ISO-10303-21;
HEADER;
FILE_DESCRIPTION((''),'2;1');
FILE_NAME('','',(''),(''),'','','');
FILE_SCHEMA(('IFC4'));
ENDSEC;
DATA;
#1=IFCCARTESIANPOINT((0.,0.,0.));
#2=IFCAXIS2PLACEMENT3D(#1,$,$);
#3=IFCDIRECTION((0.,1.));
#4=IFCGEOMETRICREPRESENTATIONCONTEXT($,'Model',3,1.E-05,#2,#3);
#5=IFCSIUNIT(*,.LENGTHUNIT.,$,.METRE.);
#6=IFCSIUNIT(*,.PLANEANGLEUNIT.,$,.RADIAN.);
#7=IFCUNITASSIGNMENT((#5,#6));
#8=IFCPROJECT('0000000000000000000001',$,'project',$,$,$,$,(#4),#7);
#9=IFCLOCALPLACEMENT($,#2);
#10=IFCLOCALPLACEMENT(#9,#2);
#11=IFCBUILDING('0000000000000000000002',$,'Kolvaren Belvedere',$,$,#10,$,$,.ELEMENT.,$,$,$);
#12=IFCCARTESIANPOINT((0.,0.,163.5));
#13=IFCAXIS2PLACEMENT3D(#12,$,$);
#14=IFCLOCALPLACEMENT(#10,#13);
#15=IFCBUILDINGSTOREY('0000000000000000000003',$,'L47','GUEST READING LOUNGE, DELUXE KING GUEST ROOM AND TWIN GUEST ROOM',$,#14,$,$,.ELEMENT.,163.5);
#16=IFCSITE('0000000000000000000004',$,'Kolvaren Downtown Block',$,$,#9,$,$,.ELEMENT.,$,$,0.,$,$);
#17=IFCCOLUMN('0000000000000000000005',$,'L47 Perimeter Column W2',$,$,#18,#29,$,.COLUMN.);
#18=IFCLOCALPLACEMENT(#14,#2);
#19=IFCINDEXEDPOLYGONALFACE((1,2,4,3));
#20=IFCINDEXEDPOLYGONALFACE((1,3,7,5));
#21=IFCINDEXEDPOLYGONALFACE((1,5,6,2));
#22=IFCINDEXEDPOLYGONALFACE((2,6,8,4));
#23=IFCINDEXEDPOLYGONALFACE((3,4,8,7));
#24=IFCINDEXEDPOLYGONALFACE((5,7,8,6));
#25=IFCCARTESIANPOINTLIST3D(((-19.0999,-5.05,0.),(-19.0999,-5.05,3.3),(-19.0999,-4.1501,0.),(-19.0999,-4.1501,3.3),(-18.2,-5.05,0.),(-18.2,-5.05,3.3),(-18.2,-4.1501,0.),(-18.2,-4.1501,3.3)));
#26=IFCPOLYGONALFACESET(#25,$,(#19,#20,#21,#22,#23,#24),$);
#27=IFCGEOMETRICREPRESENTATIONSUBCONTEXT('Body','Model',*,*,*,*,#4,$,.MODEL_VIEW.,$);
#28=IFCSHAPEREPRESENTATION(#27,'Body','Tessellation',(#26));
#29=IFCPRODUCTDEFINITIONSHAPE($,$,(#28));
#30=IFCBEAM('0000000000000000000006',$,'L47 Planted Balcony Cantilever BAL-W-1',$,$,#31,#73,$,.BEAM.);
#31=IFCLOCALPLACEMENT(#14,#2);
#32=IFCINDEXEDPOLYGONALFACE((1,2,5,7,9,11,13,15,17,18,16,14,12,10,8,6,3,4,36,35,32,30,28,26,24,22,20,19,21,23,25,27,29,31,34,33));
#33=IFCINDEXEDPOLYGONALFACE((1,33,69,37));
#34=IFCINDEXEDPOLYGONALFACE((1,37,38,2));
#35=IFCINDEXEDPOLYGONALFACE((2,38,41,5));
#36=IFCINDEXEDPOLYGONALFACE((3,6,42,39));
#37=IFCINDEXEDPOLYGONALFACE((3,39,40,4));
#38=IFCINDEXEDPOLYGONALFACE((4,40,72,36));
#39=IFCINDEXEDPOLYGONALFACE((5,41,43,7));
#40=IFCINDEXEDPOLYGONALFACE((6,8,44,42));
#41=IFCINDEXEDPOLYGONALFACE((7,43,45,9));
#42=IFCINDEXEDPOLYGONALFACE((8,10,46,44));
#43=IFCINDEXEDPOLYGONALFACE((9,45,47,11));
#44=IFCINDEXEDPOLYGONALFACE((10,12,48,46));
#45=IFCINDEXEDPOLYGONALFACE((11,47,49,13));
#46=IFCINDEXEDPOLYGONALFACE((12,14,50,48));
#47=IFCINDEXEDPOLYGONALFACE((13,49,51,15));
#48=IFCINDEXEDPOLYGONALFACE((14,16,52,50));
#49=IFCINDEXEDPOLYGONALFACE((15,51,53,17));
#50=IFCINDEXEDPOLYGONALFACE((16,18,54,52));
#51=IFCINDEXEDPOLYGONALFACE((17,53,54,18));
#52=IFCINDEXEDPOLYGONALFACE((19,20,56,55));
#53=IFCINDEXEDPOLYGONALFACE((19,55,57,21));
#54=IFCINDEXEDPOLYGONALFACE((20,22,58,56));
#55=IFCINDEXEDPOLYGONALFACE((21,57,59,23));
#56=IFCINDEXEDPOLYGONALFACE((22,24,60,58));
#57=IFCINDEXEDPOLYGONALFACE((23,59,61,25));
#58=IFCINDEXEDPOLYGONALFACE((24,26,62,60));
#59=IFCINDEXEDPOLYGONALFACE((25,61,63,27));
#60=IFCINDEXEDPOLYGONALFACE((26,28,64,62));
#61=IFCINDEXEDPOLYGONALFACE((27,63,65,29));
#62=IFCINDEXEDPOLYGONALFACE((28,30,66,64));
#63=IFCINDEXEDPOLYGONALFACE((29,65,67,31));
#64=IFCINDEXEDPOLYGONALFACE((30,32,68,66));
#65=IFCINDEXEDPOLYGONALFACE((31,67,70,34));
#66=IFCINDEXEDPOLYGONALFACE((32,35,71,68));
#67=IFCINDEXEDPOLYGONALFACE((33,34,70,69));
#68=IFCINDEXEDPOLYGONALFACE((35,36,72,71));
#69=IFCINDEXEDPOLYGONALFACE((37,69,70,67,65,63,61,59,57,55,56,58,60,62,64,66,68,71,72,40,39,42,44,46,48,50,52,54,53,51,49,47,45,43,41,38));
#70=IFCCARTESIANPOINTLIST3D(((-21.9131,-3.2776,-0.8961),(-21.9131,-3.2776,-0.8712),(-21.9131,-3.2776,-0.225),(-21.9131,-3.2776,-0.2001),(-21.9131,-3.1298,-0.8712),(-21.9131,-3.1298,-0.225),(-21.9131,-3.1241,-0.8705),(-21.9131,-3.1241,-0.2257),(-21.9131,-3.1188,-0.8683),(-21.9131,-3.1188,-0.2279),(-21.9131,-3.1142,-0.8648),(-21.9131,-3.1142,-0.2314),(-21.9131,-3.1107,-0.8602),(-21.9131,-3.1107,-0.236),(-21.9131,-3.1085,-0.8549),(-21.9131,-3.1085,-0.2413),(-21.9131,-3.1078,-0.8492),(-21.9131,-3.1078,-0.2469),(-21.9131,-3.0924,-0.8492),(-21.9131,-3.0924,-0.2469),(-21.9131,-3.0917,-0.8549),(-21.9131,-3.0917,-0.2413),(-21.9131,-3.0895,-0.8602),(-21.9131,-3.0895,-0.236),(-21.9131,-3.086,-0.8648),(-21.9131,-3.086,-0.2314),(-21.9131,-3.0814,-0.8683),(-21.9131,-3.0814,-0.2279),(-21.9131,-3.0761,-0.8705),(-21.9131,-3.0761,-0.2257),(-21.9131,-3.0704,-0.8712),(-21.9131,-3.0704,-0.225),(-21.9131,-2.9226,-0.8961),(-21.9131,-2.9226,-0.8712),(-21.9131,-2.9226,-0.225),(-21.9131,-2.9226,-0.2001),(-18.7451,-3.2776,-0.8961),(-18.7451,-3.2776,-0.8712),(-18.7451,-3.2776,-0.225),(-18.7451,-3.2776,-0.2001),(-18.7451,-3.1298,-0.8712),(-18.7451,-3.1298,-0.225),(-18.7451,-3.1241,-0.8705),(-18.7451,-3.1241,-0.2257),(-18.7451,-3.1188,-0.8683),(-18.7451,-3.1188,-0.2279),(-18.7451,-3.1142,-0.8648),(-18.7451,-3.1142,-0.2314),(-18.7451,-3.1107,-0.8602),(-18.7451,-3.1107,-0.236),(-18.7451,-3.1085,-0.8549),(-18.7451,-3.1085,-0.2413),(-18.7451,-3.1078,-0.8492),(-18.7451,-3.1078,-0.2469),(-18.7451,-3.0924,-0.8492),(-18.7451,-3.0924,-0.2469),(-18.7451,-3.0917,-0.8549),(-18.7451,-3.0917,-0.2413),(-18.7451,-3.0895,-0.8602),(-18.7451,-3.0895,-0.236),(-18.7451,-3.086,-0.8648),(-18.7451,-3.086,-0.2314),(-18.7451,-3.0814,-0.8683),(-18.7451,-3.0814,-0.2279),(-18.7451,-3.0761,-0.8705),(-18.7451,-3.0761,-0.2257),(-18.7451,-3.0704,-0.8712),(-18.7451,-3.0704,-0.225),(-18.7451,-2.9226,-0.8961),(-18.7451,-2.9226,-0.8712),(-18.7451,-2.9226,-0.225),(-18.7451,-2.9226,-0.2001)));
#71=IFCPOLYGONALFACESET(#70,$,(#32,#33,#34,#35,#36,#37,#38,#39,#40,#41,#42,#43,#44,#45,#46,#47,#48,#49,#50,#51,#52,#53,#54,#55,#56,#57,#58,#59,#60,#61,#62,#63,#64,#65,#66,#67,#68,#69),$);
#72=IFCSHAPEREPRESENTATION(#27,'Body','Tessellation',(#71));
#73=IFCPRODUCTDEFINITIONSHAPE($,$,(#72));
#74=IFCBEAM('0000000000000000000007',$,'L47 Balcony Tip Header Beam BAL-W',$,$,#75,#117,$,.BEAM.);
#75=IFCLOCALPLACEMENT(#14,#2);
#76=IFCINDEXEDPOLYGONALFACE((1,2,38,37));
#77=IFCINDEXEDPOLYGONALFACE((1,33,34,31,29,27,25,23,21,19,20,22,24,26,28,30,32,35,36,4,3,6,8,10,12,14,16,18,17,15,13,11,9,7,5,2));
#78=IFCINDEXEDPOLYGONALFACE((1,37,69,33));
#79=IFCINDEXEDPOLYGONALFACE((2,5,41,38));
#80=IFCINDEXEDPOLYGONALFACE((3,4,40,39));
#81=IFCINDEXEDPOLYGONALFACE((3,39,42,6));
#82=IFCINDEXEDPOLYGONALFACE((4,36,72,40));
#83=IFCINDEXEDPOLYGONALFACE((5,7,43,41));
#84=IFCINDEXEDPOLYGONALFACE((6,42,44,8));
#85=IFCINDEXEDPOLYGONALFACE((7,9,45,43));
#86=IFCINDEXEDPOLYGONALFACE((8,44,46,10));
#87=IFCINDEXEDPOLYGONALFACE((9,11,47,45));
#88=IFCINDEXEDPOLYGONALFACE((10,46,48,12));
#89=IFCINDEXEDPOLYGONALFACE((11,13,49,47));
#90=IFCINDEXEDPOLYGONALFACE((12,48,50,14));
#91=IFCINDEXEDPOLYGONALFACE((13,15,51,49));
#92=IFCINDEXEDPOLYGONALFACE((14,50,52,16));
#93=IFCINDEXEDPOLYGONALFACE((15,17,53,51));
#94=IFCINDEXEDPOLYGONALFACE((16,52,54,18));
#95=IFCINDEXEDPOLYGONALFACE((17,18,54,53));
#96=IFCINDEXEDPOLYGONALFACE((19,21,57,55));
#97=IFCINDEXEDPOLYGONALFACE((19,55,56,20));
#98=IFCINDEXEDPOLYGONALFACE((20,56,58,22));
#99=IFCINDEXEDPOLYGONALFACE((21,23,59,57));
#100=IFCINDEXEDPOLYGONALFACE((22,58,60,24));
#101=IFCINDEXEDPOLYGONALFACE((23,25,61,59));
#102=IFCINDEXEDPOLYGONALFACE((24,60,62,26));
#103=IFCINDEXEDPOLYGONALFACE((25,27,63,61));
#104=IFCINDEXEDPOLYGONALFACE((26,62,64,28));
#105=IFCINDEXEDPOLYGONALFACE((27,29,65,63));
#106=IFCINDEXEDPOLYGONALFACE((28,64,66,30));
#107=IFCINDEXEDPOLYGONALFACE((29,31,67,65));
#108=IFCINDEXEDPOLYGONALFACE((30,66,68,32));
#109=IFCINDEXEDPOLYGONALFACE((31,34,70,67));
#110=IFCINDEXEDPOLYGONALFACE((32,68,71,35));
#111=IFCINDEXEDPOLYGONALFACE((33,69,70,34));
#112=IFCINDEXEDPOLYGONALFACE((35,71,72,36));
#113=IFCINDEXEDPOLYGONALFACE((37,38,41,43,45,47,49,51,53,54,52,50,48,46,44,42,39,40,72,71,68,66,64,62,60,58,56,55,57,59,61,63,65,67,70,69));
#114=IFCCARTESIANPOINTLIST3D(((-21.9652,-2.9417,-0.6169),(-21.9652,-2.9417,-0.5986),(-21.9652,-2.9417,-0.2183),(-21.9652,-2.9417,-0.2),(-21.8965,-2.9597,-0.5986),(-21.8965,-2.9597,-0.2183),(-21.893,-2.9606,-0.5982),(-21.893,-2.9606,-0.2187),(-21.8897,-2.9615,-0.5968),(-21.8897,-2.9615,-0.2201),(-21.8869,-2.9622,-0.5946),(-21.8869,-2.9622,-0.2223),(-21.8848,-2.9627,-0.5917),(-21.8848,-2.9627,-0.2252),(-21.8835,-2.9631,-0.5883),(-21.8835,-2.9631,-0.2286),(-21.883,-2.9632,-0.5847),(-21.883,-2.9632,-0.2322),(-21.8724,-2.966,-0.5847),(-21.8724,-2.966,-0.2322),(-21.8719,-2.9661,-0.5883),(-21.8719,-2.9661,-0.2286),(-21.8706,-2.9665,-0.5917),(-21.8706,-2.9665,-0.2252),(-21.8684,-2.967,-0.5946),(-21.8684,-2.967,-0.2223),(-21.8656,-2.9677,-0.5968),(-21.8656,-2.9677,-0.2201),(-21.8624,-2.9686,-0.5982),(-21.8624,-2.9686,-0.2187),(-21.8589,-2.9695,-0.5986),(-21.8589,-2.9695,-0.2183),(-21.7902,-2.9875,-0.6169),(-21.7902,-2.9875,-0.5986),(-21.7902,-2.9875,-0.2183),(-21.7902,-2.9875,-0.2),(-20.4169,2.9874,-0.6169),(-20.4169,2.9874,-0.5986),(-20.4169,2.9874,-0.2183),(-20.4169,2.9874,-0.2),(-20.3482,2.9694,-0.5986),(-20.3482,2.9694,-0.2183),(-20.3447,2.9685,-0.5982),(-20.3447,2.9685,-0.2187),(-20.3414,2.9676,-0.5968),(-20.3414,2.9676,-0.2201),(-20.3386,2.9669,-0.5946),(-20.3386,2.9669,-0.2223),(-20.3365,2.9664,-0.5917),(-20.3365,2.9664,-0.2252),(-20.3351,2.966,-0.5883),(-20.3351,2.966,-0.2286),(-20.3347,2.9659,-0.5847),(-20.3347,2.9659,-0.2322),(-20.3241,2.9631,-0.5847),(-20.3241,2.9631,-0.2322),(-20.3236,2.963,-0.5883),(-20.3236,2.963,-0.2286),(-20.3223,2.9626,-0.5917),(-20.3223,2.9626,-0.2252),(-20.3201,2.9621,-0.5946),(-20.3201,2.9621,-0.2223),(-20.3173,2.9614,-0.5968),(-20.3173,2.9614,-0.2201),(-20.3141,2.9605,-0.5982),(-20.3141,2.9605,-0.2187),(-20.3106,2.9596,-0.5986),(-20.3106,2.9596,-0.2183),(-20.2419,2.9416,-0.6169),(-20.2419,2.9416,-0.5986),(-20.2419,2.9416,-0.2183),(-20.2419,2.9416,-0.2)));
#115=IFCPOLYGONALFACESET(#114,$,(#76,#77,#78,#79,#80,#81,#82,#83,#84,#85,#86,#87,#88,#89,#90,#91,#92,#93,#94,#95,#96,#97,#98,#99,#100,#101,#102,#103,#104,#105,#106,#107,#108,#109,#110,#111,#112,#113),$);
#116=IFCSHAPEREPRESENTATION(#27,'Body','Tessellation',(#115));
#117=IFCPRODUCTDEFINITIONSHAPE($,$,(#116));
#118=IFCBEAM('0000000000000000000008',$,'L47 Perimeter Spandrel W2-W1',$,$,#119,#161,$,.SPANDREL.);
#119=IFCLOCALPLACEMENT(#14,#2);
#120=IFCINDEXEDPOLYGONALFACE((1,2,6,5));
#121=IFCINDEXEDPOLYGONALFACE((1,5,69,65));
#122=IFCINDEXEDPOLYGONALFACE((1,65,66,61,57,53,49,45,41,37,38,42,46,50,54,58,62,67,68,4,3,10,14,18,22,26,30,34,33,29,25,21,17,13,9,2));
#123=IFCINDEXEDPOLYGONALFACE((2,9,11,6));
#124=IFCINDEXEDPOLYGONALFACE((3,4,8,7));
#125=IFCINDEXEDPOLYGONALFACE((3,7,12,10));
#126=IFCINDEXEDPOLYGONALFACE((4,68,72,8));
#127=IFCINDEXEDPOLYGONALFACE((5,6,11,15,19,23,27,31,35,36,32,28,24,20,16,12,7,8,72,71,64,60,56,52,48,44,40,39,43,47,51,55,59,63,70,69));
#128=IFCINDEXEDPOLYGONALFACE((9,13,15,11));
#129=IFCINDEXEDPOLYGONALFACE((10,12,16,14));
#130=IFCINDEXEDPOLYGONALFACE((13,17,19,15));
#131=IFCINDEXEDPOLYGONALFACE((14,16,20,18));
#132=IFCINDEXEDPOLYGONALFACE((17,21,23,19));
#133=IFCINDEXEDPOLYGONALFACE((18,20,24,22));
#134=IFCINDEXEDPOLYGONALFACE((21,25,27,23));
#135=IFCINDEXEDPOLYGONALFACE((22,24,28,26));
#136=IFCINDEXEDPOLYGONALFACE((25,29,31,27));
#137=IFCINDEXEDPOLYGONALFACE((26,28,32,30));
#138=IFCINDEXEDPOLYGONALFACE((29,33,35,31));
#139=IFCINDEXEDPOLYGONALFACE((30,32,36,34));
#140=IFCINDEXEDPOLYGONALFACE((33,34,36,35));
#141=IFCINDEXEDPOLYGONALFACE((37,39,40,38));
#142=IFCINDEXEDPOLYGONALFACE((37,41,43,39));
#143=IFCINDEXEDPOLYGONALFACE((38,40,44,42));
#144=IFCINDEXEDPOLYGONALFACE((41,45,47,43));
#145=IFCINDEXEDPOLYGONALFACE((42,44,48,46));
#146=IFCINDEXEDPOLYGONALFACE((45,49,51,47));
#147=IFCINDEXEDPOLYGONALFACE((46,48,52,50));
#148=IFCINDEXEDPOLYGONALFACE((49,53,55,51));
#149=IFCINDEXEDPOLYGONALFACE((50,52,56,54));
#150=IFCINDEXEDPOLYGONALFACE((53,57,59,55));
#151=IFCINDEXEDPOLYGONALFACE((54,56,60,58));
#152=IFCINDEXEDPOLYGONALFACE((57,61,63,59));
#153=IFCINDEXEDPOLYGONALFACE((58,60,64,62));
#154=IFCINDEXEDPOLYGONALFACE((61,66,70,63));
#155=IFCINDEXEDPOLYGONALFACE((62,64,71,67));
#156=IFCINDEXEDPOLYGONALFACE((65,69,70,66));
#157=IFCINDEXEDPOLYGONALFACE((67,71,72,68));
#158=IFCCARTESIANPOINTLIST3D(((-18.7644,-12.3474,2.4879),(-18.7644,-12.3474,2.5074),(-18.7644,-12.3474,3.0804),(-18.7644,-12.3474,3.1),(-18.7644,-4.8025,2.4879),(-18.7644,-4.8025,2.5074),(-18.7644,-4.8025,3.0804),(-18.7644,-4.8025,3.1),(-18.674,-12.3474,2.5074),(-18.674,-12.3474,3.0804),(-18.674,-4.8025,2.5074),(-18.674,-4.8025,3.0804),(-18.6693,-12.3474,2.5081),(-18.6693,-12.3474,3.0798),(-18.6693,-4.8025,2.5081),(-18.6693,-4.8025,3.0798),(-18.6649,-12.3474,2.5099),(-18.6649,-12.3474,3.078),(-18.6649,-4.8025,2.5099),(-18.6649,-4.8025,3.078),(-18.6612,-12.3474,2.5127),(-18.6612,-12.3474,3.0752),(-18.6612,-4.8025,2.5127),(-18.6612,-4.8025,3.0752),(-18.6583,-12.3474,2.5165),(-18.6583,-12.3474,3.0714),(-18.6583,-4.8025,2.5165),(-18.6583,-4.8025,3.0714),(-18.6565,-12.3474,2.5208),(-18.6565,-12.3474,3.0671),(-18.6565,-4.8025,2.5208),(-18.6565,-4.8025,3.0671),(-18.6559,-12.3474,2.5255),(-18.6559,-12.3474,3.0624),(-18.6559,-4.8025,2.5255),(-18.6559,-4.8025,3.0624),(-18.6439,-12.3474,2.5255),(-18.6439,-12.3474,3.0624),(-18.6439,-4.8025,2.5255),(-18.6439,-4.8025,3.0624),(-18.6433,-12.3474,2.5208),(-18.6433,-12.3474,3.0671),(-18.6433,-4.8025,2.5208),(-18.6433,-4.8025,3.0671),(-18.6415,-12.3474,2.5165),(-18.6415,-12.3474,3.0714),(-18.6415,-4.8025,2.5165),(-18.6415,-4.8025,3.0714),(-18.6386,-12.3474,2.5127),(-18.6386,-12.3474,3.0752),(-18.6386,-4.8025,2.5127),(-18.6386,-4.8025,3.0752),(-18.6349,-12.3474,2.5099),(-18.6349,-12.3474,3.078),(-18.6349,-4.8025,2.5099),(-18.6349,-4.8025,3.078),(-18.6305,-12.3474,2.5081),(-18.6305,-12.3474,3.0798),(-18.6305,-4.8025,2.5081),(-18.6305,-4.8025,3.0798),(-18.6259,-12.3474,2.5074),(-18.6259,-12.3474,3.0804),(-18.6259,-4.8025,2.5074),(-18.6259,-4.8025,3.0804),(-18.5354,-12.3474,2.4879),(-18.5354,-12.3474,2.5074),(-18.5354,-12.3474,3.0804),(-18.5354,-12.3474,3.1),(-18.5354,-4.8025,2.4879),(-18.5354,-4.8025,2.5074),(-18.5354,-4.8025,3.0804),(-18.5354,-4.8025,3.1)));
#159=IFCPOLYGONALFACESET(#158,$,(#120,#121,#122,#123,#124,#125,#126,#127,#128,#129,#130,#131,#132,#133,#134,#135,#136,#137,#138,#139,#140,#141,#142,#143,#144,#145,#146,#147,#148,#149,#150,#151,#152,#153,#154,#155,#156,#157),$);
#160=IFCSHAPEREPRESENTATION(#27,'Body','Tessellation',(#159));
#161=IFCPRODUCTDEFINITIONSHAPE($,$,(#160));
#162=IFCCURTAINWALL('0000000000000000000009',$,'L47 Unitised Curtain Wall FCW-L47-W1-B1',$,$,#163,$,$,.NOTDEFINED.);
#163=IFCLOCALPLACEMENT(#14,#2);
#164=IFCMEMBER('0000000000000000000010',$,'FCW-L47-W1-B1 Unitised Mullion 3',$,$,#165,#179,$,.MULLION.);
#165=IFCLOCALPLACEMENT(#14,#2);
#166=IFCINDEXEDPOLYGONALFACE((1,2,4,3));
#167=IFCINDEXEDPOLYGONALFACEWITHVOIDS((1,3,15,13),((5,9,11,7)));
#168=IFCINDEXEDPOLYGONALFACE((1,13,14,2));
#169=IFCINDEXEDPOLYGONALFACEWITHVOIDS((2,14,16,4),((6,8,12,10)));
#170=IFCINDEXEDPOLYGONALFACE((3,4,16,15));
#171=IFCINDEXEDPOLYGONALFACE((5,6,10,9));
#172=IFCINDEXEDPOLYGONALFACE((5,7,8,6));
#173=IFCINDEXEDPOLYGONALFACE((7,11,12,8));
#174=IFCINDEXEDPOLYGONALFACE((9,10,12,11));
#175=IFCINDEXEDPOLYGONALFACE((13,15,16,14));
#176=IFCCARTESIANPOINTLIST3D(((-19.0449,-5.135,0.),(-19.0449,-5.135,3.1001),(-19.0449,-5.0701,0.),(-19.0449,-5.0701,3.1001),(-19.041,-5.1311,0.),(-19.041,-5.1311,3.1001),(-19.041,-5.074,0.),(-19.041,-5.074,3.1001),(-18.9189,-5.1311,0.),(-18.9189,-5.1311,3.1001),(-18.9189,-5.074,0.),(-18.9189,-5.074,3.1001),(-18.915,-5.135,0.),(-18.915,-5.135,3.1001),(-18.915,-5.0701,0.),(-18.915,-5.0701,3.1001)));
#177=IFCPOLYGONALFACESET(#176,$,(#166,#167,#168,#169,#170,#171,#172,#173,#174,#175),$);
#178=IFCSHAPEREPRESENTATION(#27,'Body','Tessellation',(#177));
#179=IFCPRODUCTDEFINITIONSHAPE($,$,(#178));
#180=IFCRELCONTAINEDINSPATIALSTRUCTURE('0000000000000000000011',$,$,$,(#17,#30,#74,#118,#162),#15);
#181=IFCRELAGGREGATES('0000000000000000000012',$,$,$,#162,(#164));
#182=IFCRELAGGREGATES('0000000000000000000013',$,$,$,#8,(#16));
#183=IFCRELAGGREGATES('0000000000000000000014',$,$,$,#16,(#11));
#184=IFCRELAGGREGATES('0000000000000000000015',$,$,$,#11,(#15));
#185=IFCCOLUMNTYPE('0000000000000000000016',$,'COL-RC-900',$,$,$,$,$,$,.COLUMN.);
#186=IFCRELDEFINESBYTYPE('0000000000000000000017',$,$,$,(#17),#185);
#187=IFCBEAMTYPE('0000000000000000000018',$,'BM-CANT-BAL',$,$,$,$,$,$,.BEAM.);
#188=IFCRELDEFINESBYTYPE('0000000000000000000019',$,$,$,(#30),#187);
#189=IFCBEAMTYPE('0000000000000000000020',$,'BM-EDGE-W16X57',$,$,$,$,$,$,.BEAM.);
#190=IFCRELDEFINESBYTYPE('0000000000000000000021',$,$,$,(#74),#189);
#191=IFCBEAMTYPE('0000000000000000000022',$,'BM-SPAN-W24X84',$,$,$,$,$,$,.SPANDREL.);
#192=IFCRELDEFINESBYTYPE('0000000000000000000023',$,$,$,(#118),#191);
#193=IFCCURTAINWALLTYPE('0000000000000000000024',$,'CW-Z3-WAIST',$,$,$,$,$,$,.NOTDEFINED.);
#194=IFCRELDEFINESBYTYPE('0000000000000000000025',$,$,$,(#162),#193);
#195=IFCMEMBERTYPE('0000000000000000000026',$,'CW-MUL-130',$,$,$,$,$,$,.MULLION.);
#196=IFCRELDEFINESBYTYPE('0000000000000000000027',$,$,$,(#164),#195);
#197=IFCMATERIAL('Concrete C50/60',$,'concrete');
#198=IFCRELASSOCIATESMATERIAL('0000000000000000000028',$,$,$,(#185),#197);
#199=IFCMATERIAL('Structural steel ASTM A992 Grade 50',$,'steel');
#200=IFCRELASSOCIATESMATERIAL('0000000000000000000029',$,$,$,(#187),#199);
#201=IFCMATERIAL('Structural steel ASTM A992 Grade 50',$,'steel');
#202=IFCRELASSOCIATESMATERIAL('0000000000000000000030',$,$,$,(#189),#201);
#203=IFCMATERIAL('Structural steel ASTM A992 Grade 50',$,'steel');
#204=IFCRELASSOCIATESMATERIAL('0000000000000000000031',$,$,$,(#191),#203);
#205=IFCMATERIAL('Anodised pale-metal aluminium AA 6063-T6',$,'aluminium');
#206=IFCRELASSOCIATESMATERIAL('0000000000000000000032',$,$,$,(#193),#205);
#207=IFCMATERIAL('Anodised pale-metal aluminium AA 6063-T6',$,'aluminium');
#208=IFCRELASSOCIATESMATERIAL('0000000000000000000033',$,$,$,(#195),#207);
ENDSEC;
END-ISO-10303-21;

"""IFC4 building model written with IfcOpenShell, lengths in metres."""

from ifc_helpers import new_model, si_unit, direction, frame, origin, origin_2d, place, context, subcontext, project, spatial, rectangle, hollow_rectangle, i_section, extrude, material, material_profile, profile_set, type_object, element, aggregate, save


model = new_model("IFC4")

# Units and contexts
model_context = context("Model", 3, precision=1e-05, world=origin(), true_north=direction((0.0, 1.0)))
body_context = subcontext(model_context, "Body", "Model", "MODEL_VIEW")
ifc_project = project(units=[si_unit("LENGTHUNIT", "METRE"), si_unit("PLANEANGLEUNIT", "RADIAN")], contexts=[model_context])

# Site, building, storey
site_placement = place(None, origin())
site = spatial("IfcSite", under=ifc_project, at=site_placement, Name="Kolvaren Downtown Block", CompositionType="ELEMENT", RefElevation=0.0)
building_placement = place(site_placement, origin())
building = spatial("IfcBuilding", under=site, at=building_placement, Name="Kolvaren Belvedere", CompositionType="ELEMENT")
storey_placement = place(building_placement, frame((0.0, 0.0, 163.5)))
storey = spatial("IfcBuildingStorey", under=building, at=storey_placement, Name="L47", Description="GUEST READING LOUNGE, DELUXE KING GUEST ROOM AND TWIN GUEST ROOM", CompositionType="ELEMENT", Elevation=163.5)

# Column
ifc_material_1 = material(Name="Concrete C50/60", Category="concrete")
ifc_material_profile_1 = material_profile(ifc_material_1, rectangle(XDim=0.8999, YDim=0.8999, at=origin_2d()), Name="RC 900X900")
ifc_profile_set_1 = profile_set([ifc_material_profile_1], Name="Concrete C50/60")
column_type = type_object("IfcColumnType", Name="COL-RC-900", PredefinedType="COLUMN", material=ifc_profile_set_1)
column_placement = place(storey_placement, frame((-18.6499, -4.6001, 0.0), z_axis=(0.0, 0.0, 1.0), x_axis=(1.0, 0.0, 0.0)))
element("IfcColumn", 1, at=column_placement, inside=storey, type_object=column_type, Name="L47 Perimeter Column W2", PredefinedType="COLUMN", context=body_context, shape_type="SweptSolid", body=[
    extrude(rectangle(XDim=0.8999, YDim=0.8999, at=origin_2d()), origin(), (0.0, 0.0, 1.0), 3.3),
])

# Beams
ifc_material_2 = material(Name="Structural steel ASTM A992 Grade 50", Category="steel")
ifc_material_profile_2 = material_profile(ifc_material_2, i_section(OverallWidth=0.355, OverallDepth=0.696, WebThickness=0.0154, FlangeThickness=0.0249, FilletRadius=0.022, at=origin_2d()), Name="W27X146")
ifc_profile_set_2 = profile_set([ifc_material_profile_2], Name="Structural steel ASTM A992 Grade 50")
beam_type_1 = type_object("IfcBeamType", Name="BM-CANT-BAL", PredefinedType="BEAM", material=ifc_profile_set_2)
beam_1_placement = place(storey_placement, frame((-18.7451, -3.1001, -0.5481), z_axis=(-1.0, 0.0, 0.0), x_axis=(0.0, -1.0, 0.0)))
element("IfcBeam", 2, at=beam_1_placement, inside=storey, type_object=beam_type_1, Name="L47 Planted Balcony Cantilever BAL-W-1", PredefinedType="BEAM", context=body_context, shape_type="SweptSolid", body=[
    extrude(i_section(OverallWidth=0.355, OverallDepth=0.696, WebThickness=0.0154, FlangeThickness=0.0249, FilletRadius=0.022, at=origin_2d()), origin(), (0.0, 0.0, 1.0), 3.168),
])
ifc_material_3 = material(Name="Structural steel ASTM A992 Grade 50", Category="steel")
ifc_material_profile_3 = material_profile(ifc_material_3, i_section(OverallWidth=0.1809, OverallDepth=0.417, WebThickness=0.011, FlangeThickness=0.0183, FilletRadius=0.0139, at=origin_2d()), Name="W16X57")
ifc_profile_set_3 = profile_set([ifc_material_profile_3], Name="Structural steel ASTM A992 Grade 50")
beam_type_2 = type_object("IfcBeamType", Name="BM-EDGE-W16X57", PredefinedType="BEAM", material=ifc_profile_set_3)
beam_2_placement = place(storey_placement, frame((-21.8777, -2.9646, -0.4084), z_axis=(0.252665, 0.967554, 0.0), x_axis=(-0.967554, 0.252665, 0.0)))
element("IfcBeam", 3, at=beam_2_placement, inside=storey, type_object=beam_type_2, Name="L47 Balcony Tip Header Beam BAL-W", PredefinedType="BEAM", context=body_context, shape_type="SweptSolid", body=[
    extrude(i_section(OverallWidth=0.1809, OverallDepth=0.417, WebThickness=0.011, FlangeThickness=0.0183, FilletRadius=0.0139, at=origin_2d()), origin(), (0.0, 0.0, 1.0), 6.1279),
])
ifc_material_4 = material(Name="Structural steel ASTM A992 Grade 50", Category="steel")
ifc_material_profile_4 = material_profile(ifc_material_4, i_section(OverallWidth=0.229, OverallDepth=0.6121, WebThickness=0.012, FlangeThickness=0.0195, FilletRadius=0.0181, at=origin_2d()), Name="W24X84")
ifc_profile_set_4 = profile_set([ifc_material_profile_4], Name="Structural steel ASTM A992 Grade 50")
beam_type_3 = type_object("IfcBeamType", Name="BM-SPAN-W24X84", PredefinedType="SPANDREL", material=ifc_profile_set_4)
beam_3_placement = place(storey_placement, frame((-18.6499, -4.8025, 2.7939), z_axis=(0.0, -1.0, 0.0), x_axis=(1.0, 0.0, 0.0)))
element("IfcBeam", 4, at=beam_3_placement, inside=storey, type_object=beam_type_3, Name="L47 Perimeter Spandrel W2-W1", PredefinedType="SPANDREL", context=body_context, shape_type="SweptSolid", body=[
    extrude(i_section(OverallWidth=0.229, OverallDepth=0.6121, WebThickness=0.012, FlangeThickness=0.0195, FilletRadius=0.0181, at=origin_2d()), origin(), (0.0, 0.0, 1.0), 7.5449),
])

# Curtain wall, member
ifc_material_5 = material(Name="Anodised pale-metal aluminium AA 6063-T6", Category="aluminium")
curtain_wall_type = type_object("IfcCurtainWallType", Name="CW-Z3-WAIST", PredefinedType="NOTDEFINED", material=ifc_material_5)
curtain_wall_1_placement = place(storey_placement, origin())
curtain_wall_1 = element("IfcCurtainWall", 5, at=curtain_wall_1_placement, inside=storey, type_object=curtain_wall_type, Name="L47 Unitised Curtain Wall FCW-L47-W1-B1", PredefinedType="NOTDEFINED")
ifc_material_6 = material(Name="Anodised pale-metal aluminium AA 6063-T6", Category="aluminium")
ifc_material_profile_5 = material_profile(ifc_material_6, hollow_rectangle(XDim=0.0649, YDim=0.1299, WallThickness=0.0039, at=origin_2d()), Name="ALU-MUL-130X65")
ifc_profile_set_5 = profile_set([ifc_material_profile_5], Name="Anodised pale-metal aluminium AA 6063-T6")
member_type_1 = type_object("IfcMemberType", Name="CW-MUL-130", PredefinedType="MULLION", material=ifc_profile_set_5)
member_1_placement = place(storey_placement, frame((-18.98, -5.1025, 0.0), z_axis=(0.0, 0.0, 1.0), x_axis=(0.0, 1.0, 0.0)))
member_1 = element("IfcMember", 6, at=member_1_placement, type_object=member_type_1, Name="FCW-L47-W1-B1 Unitised Mullion 3", PredefinedType="MULLION", context=body_context, shape_type="SweptSolid", body=[
    extrude(hollow_rectangle(XDim=0.0649, YDim=0.1299, WallThickness=0.0039, at=origin_2d()), origin(), (0.0, 0.0, 1.0), 3.1001),
])
aggregate(curtain_wall_1, [member_1])

save(model, "model.ifc")
